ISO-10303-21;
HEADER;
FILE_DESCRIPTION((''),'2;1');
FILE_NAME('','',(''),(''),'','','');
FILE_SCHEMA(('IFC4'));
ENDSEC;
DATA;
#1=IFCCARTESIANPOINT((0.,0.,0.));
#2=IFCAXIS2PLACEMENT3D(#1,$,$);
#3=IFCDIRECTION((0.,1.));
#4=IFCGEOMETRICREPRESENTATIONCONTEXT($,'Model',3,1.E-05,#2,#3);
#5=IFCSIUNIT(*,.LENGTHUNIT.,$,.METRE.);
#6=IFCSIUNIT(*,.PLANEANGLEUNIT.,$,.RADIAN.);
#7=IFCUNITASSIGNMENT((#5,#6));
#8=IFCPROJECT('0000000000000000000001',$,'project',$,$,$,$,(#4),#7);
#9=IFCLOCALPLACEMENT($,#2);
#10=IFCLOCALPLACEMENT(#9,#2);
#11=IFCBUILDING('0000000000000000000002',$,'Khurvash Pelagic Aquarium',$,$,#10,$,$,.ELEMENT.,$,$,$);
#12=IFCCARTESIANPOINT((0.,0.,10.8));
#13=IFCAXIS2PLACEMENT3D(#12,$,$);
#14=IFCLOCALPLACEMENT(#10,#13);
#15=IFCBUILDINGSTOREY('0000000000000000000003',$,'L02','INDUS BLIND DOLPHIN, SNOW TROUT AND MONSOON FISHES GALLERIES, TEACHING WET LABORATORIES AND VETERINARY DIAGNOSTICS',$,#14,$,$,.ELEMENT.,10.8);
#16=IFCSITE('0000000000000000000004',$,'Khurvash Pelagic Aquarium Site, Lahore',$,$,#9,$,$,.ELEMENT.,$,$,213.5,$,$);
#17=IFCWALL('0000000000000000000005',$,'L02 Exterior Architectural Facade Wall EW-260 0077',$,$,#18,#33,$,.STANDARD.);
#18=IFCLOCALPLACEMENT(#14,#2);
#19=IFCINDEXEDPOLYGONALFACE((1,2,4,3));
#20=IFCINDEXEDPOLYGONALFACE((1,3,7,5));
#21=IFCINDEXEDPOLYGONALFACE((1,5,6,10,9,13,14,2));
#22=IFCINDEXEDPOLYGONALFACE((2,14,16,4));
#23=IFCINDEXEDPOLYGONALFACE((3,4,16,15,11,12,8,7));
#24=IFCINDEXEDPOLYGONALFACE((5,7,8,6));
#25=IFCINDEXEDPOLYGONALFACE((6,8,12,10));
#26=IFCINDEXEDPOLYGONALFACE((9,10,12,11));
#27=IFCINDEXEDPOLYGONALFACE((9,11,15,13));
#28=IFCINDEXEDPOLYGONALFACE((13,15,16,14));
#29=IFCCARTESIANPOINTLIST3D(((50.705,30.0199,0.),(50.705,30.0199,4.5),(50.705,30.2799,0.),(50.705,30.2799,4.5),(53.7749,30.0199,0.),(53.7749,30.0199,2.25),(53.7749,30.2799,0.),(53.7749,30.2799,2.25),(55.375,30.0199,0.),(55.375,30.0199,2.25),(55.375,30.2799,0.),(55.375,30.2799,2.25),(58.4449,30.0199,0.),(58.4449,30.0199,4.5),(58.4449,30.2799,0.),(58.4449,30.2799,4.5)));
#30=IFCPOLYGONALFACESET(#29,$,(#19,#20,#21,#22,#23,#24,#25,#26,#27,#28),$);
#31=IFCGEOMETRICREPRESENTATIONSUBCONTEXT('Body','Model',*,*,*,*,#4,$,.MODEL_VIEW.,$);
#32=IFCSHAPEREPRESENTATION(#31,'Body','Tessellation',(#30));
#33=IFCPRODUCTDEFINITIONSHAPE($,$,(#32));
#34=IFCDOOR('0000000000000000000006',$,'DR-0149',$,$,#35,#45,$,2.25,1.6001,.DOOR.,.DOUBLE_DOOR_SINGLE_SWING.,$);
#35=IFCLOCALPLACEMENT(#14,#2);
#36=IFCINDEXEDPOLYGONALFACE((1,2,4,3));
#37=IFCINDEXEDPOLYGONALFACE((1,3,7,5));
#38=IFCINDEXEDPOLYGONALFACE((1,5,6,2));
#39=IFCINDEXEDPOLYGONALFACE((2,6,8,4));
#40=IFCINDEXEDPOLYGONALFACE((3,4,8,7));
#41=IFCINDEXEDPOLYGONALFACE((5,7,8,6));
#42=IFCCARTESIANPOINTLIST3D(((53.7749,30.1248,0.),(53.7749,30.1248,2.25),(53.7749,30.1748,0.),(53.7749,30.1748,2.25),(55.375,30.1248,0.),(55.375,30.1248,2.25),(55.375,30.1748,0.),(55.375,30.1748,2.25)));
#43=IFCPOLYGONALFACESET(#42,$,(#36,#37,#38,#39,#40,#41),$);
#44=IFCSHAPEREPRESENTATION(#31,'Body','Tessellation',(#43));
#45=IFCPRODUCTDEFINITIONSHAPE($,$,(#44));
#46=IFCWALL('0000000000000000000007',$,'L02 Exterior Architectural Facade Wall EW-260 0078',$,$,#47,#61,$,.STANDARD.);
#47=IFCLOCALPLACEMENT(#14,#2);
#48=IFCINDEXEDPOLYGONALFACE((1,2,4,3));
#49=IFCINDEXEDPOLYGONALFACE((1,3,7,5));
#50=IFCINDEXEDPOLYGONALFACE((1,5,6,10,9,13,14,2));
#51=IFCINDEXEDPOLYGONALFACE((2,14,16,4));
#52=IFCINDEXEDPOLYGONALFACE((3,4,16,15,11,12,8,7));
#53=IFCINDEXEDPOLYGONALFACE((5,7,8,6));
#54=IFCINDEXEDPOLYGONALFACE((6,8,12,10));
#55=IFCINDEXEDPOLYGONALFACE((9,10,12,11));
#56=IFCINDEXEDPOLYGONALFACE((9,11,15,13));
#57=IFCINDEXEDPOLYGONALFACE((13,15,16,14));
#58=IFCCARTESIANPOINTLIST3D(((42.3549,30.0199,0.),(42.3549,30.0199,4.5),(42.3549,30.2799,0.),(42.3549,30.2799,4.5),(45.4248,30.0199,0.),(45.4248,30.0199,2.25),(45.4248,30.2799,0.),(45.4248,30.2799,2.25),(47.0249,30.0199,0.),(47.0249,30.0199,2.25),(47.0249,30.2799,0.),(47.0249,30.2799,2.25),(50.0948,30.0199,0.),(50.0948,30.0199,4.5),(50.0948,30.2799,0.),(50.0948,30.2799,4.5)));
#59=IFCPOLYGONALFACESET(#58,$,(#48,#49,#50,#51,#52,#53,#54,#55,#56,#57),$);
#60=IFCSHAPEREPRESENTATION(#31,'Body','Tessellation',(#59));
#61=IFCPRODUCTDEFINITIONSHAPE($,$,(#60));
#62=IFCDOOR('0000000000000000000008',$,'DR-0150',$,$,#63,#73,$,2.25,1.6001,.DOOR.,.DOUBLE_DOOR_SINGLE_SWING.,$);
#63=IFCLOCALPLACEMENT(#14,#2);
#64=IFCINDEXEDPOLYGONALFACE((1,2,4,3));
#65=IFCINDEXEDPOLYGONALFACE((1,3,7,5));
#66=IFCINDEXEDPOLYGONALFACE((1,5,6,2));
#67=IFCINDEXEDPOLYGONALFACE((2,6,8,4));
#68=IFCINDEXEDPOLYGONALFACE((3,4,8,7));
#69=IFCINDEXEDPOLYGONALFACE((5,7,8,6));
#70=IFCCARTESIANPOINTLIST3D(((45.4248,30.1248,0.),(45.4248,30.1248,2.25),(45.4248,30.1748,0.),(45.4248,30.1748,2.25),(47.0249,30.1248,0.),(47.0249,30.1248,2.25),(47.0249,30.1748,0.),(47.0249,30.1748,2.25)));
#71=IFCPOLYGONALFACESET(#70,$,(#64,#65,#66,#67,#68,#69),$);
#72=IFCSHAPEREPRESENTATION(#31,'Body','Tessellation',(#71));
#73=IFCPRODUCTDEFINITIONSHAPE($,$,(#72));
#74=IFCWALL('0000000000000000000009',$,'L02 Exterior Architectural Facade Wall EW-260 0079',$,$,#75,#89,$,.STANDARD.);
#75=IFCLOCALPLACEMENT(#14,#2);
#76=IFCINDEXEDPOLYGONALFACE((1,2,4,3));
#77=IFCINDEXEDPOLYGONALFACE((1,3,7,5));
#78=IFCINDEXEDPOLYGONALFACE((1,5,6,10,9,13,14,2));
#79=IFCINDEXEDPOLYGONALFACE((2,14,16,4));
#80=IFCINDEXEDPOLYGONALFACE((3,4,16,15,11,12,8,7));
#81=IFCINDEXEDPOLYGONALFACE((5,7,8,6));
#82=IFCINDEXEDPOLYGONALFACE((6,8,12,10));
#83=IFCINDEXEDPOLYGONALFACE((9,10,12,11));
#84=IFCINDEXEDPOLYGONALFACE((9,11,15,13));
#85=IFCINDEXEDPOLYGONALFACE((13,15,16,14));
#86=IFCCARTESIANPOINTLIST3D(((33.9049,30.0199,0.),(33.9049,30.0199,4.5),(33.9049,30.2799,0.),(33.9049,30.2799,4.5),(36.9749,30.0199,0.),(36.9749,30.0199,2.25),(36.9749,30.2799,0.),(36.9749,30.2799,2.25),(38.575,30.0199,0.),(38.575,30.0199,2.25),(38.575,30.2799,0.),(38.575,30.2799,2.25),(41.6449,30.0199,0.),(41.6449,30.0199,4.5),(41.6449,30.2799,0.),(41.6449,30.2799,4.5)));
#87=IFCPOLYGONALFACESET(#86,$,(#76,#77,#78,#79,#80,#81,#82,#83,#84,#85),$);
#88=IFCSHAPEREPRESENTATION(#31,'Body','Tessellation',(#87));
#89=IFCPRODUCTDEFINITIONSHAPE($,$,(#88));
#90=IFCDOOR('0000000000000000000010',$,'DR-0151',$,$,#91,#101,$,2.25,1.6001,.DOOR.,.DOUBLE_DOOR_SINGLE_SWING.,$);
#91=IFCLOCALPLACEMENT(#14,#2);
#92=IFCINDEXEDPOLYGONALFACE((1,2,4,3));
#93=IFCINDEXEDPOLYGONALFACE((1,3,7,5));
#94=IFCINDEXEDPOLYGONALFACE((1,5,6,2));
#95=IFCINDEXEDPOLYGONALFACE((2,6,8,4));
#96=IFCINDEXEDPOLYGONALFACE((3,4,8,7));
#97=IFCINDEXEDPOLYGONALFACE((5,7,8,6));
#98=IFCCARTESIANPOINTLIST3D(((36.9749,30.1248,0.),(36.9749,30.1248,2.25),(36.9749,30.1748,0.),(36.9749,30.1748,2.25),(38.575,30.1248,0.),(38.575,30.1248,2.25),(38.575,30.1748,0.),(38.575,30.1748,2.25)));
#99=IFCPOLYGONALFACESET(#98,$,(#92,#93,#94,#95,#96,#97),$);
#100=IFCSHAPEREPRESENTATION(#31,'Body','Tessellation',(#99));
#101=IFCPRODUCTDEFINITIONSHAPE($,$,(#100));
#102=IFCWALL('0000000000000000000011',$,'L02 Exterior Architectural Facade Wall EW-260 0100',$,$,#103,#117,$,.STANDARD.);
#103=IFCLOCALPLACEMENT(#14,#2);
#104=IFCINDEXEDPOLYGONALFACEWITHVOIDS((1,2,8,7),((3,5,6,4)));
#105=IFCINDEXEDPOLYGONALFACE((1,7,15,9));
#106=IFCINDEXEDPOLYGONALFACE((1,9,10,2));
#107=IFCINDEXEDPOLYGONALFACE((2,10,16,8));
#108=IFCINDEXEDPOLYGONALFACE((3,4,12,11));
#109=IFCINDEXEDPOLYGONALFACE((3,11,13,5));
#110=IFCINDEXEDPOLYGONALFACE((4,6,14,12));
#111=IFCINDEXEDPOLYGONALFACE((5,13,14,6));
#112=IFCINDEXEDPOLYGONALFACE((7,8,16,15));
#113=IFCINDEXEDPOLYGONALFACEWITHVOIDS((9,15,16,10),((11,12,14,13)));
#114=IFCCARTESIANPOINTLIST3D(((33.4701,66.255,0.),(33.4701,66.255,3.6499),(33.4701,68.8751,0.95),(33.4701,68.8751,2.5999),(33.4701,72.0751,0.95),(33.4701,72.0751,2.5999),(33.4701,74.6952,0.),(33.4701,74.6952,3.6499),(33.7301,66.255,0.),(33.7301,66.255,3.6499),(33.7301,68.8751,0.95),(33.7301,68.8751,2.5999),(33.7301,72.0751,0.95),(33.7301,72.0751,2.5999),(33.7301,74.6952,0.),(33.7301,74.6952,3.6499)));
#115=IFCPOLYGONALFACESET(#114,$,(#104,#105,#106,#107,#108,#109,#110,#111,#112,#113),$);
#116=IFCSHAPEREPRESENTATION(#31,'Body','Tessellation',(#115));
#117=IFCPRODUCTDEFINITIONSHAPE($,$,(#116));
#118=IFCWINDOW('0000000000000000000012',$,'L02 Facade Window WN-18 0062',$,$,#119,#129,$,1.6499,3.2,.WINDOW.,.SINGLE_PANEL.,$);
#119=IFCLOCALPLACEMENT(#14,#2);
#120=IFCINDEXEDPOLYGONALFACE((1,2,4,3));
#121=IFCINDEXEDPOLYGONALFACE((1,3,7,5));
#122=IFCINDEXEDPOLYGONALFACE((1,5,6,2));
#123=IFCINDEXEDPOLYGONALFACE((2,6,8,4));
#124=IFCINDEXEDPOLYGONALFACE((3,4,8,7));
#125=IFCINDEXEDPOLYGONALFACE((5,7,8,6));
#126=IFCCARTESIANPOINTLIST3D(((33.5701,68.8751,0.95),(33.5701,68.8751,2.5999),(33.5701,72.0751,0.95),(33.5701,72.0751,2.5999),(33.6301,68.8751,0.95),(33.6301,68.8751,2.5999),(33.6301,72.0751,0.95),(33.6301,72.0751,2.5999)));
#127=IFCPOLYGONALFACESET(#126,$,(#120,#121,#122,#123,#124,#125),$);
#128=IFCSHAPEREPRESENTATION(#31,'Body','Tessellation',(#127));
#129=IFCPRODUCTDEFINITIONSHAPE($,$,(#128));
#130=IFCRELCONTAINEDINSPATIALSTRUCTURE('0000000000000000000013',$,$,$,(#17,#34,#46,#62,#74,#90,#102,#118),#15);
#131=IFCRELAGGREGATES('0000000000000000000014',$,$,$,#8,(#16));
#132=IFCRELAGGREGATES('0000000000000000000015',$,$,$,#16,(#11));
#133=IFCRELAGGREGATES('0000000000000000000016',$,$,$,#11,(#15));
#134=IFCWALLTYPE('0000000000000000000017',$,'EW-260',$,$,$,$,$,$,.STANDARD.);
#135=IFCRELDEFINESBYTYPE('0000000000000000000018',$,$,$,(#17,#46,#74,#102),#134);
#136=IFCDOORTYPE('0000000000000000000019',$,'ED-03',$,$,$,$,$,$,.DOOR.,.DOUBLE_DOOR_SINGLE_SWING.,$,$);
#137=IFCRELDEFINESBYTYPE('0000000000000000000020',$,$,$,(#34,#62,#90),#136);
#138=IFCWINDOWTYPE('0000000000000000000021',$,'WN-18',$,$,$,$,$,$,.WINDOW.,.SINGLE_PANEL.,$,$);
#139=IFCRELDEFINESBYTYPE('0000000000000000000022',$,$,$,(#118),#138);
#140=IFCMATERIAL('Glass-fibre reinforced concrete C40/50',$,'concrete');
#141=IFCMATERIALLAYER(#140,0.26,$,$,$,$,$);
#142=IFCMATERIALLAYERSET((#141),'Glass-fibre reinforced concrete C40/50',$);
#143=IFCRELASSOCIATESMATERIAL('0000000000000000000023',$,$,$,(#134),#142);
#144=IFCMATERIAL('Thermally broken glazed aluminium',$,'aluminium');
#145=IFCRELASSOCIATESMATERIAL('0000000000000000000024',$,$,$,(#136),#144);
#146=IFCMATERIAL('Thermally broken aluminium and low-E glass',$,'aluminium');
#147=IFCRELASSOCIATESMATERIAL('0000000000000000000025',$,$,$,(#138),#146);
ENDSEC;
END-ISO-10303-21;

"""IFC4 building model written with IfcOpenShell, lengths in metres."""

from ifc_helpers import new_model, si_unit, direction, frame, frame_2d, origin, place, context, subcontext, project, spatial, rectangle, extrude, material, layer, layer_set, type_object, element, fill, save


model = new_model("IFC4")

# Units and contexts
model_context = context("Model", 3, precision=1e-05, world=origin(), true_north=direction((0.0, 1.0)))
body_context = subcontext(model_context, "Body", "Model", "MODEL_VIEW")
ifc_project = project(units=[si_unit("LENGTHUNIT", "METRE"), si_unit("PLANEANGLEUNIT", "RADIAN")], contexts=[model_context])

# Site, building, storey
site_placement = place(None, origin())
site = spatial("IfcSite", under=ifc_project, at=site_placement, Name="Khurvash Pelagic Aquarium Site, Lahore", CompositionType="ELEMENT", RefElevation=213.5)
building_placement = place(site_placement, origin())
building = spatial("IfcBuilding", under=site, at=building_placement, Name="Khurvash Pelagic Aquarium", CompositionType="ELEMENT")
storey_placement = place(building_placement, frame((0.0, 0.0, 10.8)))
storey = spatial("IfcBuildingStorey", under=building, at=storey_placement, Name="L02", Description="INDUS BLIND DOLPHIN, SNOW TROUT AND MONSOON FISHES GALLERIES, TEACHING WET LABORATORIES AND VETERINARY DIAGNOSTICS", CompositionType="ELEMENT", Elevation=10.8)

# Walls, openings, doors
ifc_material_1 = material(Name="Glass-fibre reinforced concrete C40/50", Category="concrete")
ifc_layer = layer(ifc_material_1, 0.26)
ifc_layer_set = layer_set([ifc_layer], Name="Glass-fibre reinforced concrete C40/50")
wall_type = type_object("IfcWallType", Name="EW-260", PredefinedType="STANDARD", material=ifc_layer_set)
ifc_material_2 = material(Name="Thermally broken glazed aluminium", Category="aluminium")
door_type = type_object("IfcDoorType", Name="ED-03", OperationType="DOUBLE_DOOR_SINGLE_SWING", PredefinedType="DOOR", material=ifc_material_2)
wall_1_placement = place(storey_placement, frame((58.4451, 30.1499, 0.0), z_axis=(0.0, 0.0, 1.0), x_axis=(-1.0, 0.0, 0.0)))
wall_1 = element("IfcWall", 1, at=wall_1_placement, inside=storey, type_object=wall_type, Name="L02 Exterior Architectural Facade Wall EW-260 0077", PredefinedType="STANDARD", context=body_context, shape_type="SweptSolid", body=[
    extrude(rectangle(XDim=7.74, YDim=0.26, at=frame_2d((3.8701, 0.0))), origin(), (0.0, 0.0, 1.0), 4.5),
])
opening_1_placement = place(wall_1_placement, frame((3.0701, 0.0, 0.0)))
opening_1 = element("IfcOpeningElement", 2, at=opening_1_placement, cuts=wall_1, PredefinedType="OPENING", context=body_context, shape_type="SweptSolid", body=[
    extrude(rectangle(XDim=1.6001, YDim=2.25, at=frame_2d((0.8, 1.125))), frame((0.0, 0.1401, 0.0), z_axis=(0.0, -1.0, 0.0), x_axis=(1.0, 0.0, 0.0)), (0.0, 0.0, 1.0), 0.28),
])
door_1_placement = place(opening_1_placement, frame((1.6001, 0.0, 0.0), z_axis=(0.0, 0.0, 1.0), x_axis=(-1.0, 0.0, 0.0)))
door_1 = element("IfcDoor", 3, at=door_1_placement, inside=storey, type_object=door_type, Name="DR-0149", OperationType="DOUBLE_DOOR_SINGLE_SWING", OverallHeight=2.25, OverallWidth=1.6001, PredefinedType="DOOR", context=body_context, shape_type="SweptSolid", body=[
    extrude(rectangle(XDim=1.6001, YDim=2.25, at=frame_2d((0.8, 1.125))), frame((0.0, 0.0249, 0.0), z_axis=(0.0, -1.0, 0.0), x_axis=(1.0, 0.0, 0.0)), (0.0, 0.0, 1.0), 0.05),
])
fill(opening_1, door_1)
wall_2_placement = place(storey_placement, frame((50.095, 30.1499, 0.0), z_axis=(0.0, 0.0, 1.0), x_axis=(-1.0, 0.0, 0.0)))
wall_2 = element("IfcWall", 4, at=wall_2_placement, inside=storey, type_object=wall_type, Name="L02 Exterior Architectural Facade Wall EW-260 0078", PredefinedType="STANDARD", context=body_context, shape_type="SweptSolid", body=[
    extrude(rectangle(XDim=7.74, YDim=0.26, at=frame_2d((3.8701, 0.0))), origin(), (0.0, 0.0, 1.0), 4.5),
])
opening_2_placement = place(wall_2_placement, frame((3.0701, 0.0, 0.0)))
opening_2 = element("IfcOpeningElement", 5, at=opening_2_placement, cuts=wall_2, PredefinedType="OPENING", context=body_context, shape_type="SweptSolid", body=[
    extrude(rectangle(XDim=1.6001, YDim=2.25, at=frame_2d((0.8, 1.125))), frame((0.0, 0.1401, 0.0), z_axis=(0.0, -1.0, 0.0), x_axis=(1.0, 0.0, 0.0)), (0.0, 0.0, 1.0), 0.28),
])
door_2_placement = place(opening_2_placement, frame((1.6001, 0.0, 0.0), z_axis=(0.0, 0.0, 1.0), x_axis=(-1.0, 0.0, 0.0)))
door_2 = element("IfcDoor", 6, at=door_2_placement, inside=storey, type_object=door_type, Name="DR-0150", OperationType="DOUBLE_DOOR_SINGLE_SWING", OverallHeight=2.25, OverallWidth=1.6001, PredefinedType="DOOR", context=body_context, shape_type="SweptSolid", body=[
    extrude(rectangle(XDim=1.6001, YDim=2.25, at=frame_2d((0.8, 1.125))), frame((0.0, 0.0249, 0.0), z_axis=(0.0, -1.0, 0.0), x_axis=(1.0, 0.0, 0.0)), (0.0, 0.0, 1.0), 0.05),
])
fill(opening_2, door_2)
wall_3_placement = place(storey_placement, frame((41.645, 30.1499, 0.0), z_axis=(0.0, 0.0, 1.0), x_axis=(-1.0, 0.0, 0.0)))
wall_3 = element("IfcWall", 7, at=wall_3_placement, inside=storey, type_object=wall_type, Name="L02 Exterior Architectural Facade Wall EW-260 0079", PredefinedType="STANDARD", context=body_context, shape_type="SweptSolid", body=[
    extrude(rectangle(XDim=7.74, YDim=0.26, at=frame_2d((3.8701, 0.0))), origin(), (0.0, 0.0, 1.0), 4.5),
])
opening_3_placement = place(wall_3_placement, frame((3.0701, 0.0, 0.0)))
opening_3 = element("IfcOpeningElement", 8, at=opening_3_placement, cuts=wall_3, PredefinedType="OPENING", context=body_context, shape_type="SweptSolid", body=[
    extrude(rectangle(XDim=1.6001, YDim=2.25, at=frame_2d((0.8, 1.125))), frame((0.0, 0.1401, 0.0), z_axis=(0.0, -1.0, 0.0), x_axis=(1.0, 0.0, 0.0)), (0.0, 0.0, 1.0), 0.28),
])
door_3_placement = place(opening_3_placement, frame((1.6001, 0.0, 0.0), z_axis=(0.0, 0.0, 1.0), x_axis=(-1.0, 0.0, 0.0)))
door_3 = element("IfcDoor", 9, at=door_3_placement, inside=storey, type_object=door_type, Name="DR-0151", OperationType="DOUBLE_DOOR_SINGLE_SWING", OverallHeight=2.25, OverallWidth=1.6001, PredefinedType="DOOR", context=body_context, shape_type="SweptSolid", body=[
    extrude(rectangle(XDim=1.6001, YDim=2.25, at=frame_2d((0.8, 1.125))), frame((0.0, 0.0249, 0.0), z_axis=(0.0, -1.0, 0.0), x_axis=(1.0, 0.0, 0.0)), (0.0, 0.0, 1.0), 0.05),
])
fill(opening_3, door_3)

# Wall, opening, window
wall_4_placement = place(storey_placement, frame((33.6001, 66.2549, 0.0), z_axis=(0.0, 0.0, 1.0), x_axis=(0.0, 1.0, 0.0)))
wall_4 = element("IfcWall", 10, at=wall_4_placement, inside=storey, type_object=wall_type, Name="L02 Exterior Architectural Facade Wall EW-260 0100", PredefinedType="STANDARD", context=body_context, shape_type="SweptSolid", body=[
    extrude(rectangle(XDim=8.4402, YDim=0.26, at=frame_2d((4.2202, 0.0))), origin(), (0.0, 0.0, 1.0), 3.6499),
])
opening_4_placement = place(wall_4_placement, frame((2.6201, 0.0, 0.95)))
opening_4 = element("IfcOpeningElement", 11, at=opening_4_placement, cuts=wall_4, PredefinedType="OPENING", context=body_context, shape_type="SweptSolid", body=[
    extrude(rectangle(XDim=3.2, YDim=1.6499, at=frame_2d((1.6001, 0.825))), frame((0.0, 0.1401, 0.0), z_axis=(0.0, -1.0, 0.0), x_axis=(1.0, 0.0, 0.0)), (0.0, 0.0, 1.0), 0.28),
])
ifc_material_3 = material(Name="Thermally broken aluminium and low-E glass", Category="aluminium")
window_type = type_object("IfcWindowType", Name="WN-18", PartitioningType="SINGLE_PANEL", PredefinedType="WINDOW", material=ifc_material_3)
window_placement = place(opening_4_placement, origin())
window = element("IfcWindow", 12, at=window_placement, inside=storey, type_object=window_type, Name="L02 Facade Window WN-18 0062", OverallHeight=1.6499, OverallWidth=3.2, PartitioningType="SINGLE_PANEL", PredefinedType="WINDOW", context=body_context, shape_type="SweptSolid", body=[
    extrude(rectangle(XDim=3.2, YDim=1.6499, at=frame_2d((1.6001, 0.825))), frame((0.0, 0.03, 0.0), z_axis=(0.0, -1.0, 0.0), x_axis=(1.0, 0.0, 0.0)), (0.0, 0.0, 1.0), 0.0601),
])
fill(opening_4, window)

save(model, "model.ifc")
